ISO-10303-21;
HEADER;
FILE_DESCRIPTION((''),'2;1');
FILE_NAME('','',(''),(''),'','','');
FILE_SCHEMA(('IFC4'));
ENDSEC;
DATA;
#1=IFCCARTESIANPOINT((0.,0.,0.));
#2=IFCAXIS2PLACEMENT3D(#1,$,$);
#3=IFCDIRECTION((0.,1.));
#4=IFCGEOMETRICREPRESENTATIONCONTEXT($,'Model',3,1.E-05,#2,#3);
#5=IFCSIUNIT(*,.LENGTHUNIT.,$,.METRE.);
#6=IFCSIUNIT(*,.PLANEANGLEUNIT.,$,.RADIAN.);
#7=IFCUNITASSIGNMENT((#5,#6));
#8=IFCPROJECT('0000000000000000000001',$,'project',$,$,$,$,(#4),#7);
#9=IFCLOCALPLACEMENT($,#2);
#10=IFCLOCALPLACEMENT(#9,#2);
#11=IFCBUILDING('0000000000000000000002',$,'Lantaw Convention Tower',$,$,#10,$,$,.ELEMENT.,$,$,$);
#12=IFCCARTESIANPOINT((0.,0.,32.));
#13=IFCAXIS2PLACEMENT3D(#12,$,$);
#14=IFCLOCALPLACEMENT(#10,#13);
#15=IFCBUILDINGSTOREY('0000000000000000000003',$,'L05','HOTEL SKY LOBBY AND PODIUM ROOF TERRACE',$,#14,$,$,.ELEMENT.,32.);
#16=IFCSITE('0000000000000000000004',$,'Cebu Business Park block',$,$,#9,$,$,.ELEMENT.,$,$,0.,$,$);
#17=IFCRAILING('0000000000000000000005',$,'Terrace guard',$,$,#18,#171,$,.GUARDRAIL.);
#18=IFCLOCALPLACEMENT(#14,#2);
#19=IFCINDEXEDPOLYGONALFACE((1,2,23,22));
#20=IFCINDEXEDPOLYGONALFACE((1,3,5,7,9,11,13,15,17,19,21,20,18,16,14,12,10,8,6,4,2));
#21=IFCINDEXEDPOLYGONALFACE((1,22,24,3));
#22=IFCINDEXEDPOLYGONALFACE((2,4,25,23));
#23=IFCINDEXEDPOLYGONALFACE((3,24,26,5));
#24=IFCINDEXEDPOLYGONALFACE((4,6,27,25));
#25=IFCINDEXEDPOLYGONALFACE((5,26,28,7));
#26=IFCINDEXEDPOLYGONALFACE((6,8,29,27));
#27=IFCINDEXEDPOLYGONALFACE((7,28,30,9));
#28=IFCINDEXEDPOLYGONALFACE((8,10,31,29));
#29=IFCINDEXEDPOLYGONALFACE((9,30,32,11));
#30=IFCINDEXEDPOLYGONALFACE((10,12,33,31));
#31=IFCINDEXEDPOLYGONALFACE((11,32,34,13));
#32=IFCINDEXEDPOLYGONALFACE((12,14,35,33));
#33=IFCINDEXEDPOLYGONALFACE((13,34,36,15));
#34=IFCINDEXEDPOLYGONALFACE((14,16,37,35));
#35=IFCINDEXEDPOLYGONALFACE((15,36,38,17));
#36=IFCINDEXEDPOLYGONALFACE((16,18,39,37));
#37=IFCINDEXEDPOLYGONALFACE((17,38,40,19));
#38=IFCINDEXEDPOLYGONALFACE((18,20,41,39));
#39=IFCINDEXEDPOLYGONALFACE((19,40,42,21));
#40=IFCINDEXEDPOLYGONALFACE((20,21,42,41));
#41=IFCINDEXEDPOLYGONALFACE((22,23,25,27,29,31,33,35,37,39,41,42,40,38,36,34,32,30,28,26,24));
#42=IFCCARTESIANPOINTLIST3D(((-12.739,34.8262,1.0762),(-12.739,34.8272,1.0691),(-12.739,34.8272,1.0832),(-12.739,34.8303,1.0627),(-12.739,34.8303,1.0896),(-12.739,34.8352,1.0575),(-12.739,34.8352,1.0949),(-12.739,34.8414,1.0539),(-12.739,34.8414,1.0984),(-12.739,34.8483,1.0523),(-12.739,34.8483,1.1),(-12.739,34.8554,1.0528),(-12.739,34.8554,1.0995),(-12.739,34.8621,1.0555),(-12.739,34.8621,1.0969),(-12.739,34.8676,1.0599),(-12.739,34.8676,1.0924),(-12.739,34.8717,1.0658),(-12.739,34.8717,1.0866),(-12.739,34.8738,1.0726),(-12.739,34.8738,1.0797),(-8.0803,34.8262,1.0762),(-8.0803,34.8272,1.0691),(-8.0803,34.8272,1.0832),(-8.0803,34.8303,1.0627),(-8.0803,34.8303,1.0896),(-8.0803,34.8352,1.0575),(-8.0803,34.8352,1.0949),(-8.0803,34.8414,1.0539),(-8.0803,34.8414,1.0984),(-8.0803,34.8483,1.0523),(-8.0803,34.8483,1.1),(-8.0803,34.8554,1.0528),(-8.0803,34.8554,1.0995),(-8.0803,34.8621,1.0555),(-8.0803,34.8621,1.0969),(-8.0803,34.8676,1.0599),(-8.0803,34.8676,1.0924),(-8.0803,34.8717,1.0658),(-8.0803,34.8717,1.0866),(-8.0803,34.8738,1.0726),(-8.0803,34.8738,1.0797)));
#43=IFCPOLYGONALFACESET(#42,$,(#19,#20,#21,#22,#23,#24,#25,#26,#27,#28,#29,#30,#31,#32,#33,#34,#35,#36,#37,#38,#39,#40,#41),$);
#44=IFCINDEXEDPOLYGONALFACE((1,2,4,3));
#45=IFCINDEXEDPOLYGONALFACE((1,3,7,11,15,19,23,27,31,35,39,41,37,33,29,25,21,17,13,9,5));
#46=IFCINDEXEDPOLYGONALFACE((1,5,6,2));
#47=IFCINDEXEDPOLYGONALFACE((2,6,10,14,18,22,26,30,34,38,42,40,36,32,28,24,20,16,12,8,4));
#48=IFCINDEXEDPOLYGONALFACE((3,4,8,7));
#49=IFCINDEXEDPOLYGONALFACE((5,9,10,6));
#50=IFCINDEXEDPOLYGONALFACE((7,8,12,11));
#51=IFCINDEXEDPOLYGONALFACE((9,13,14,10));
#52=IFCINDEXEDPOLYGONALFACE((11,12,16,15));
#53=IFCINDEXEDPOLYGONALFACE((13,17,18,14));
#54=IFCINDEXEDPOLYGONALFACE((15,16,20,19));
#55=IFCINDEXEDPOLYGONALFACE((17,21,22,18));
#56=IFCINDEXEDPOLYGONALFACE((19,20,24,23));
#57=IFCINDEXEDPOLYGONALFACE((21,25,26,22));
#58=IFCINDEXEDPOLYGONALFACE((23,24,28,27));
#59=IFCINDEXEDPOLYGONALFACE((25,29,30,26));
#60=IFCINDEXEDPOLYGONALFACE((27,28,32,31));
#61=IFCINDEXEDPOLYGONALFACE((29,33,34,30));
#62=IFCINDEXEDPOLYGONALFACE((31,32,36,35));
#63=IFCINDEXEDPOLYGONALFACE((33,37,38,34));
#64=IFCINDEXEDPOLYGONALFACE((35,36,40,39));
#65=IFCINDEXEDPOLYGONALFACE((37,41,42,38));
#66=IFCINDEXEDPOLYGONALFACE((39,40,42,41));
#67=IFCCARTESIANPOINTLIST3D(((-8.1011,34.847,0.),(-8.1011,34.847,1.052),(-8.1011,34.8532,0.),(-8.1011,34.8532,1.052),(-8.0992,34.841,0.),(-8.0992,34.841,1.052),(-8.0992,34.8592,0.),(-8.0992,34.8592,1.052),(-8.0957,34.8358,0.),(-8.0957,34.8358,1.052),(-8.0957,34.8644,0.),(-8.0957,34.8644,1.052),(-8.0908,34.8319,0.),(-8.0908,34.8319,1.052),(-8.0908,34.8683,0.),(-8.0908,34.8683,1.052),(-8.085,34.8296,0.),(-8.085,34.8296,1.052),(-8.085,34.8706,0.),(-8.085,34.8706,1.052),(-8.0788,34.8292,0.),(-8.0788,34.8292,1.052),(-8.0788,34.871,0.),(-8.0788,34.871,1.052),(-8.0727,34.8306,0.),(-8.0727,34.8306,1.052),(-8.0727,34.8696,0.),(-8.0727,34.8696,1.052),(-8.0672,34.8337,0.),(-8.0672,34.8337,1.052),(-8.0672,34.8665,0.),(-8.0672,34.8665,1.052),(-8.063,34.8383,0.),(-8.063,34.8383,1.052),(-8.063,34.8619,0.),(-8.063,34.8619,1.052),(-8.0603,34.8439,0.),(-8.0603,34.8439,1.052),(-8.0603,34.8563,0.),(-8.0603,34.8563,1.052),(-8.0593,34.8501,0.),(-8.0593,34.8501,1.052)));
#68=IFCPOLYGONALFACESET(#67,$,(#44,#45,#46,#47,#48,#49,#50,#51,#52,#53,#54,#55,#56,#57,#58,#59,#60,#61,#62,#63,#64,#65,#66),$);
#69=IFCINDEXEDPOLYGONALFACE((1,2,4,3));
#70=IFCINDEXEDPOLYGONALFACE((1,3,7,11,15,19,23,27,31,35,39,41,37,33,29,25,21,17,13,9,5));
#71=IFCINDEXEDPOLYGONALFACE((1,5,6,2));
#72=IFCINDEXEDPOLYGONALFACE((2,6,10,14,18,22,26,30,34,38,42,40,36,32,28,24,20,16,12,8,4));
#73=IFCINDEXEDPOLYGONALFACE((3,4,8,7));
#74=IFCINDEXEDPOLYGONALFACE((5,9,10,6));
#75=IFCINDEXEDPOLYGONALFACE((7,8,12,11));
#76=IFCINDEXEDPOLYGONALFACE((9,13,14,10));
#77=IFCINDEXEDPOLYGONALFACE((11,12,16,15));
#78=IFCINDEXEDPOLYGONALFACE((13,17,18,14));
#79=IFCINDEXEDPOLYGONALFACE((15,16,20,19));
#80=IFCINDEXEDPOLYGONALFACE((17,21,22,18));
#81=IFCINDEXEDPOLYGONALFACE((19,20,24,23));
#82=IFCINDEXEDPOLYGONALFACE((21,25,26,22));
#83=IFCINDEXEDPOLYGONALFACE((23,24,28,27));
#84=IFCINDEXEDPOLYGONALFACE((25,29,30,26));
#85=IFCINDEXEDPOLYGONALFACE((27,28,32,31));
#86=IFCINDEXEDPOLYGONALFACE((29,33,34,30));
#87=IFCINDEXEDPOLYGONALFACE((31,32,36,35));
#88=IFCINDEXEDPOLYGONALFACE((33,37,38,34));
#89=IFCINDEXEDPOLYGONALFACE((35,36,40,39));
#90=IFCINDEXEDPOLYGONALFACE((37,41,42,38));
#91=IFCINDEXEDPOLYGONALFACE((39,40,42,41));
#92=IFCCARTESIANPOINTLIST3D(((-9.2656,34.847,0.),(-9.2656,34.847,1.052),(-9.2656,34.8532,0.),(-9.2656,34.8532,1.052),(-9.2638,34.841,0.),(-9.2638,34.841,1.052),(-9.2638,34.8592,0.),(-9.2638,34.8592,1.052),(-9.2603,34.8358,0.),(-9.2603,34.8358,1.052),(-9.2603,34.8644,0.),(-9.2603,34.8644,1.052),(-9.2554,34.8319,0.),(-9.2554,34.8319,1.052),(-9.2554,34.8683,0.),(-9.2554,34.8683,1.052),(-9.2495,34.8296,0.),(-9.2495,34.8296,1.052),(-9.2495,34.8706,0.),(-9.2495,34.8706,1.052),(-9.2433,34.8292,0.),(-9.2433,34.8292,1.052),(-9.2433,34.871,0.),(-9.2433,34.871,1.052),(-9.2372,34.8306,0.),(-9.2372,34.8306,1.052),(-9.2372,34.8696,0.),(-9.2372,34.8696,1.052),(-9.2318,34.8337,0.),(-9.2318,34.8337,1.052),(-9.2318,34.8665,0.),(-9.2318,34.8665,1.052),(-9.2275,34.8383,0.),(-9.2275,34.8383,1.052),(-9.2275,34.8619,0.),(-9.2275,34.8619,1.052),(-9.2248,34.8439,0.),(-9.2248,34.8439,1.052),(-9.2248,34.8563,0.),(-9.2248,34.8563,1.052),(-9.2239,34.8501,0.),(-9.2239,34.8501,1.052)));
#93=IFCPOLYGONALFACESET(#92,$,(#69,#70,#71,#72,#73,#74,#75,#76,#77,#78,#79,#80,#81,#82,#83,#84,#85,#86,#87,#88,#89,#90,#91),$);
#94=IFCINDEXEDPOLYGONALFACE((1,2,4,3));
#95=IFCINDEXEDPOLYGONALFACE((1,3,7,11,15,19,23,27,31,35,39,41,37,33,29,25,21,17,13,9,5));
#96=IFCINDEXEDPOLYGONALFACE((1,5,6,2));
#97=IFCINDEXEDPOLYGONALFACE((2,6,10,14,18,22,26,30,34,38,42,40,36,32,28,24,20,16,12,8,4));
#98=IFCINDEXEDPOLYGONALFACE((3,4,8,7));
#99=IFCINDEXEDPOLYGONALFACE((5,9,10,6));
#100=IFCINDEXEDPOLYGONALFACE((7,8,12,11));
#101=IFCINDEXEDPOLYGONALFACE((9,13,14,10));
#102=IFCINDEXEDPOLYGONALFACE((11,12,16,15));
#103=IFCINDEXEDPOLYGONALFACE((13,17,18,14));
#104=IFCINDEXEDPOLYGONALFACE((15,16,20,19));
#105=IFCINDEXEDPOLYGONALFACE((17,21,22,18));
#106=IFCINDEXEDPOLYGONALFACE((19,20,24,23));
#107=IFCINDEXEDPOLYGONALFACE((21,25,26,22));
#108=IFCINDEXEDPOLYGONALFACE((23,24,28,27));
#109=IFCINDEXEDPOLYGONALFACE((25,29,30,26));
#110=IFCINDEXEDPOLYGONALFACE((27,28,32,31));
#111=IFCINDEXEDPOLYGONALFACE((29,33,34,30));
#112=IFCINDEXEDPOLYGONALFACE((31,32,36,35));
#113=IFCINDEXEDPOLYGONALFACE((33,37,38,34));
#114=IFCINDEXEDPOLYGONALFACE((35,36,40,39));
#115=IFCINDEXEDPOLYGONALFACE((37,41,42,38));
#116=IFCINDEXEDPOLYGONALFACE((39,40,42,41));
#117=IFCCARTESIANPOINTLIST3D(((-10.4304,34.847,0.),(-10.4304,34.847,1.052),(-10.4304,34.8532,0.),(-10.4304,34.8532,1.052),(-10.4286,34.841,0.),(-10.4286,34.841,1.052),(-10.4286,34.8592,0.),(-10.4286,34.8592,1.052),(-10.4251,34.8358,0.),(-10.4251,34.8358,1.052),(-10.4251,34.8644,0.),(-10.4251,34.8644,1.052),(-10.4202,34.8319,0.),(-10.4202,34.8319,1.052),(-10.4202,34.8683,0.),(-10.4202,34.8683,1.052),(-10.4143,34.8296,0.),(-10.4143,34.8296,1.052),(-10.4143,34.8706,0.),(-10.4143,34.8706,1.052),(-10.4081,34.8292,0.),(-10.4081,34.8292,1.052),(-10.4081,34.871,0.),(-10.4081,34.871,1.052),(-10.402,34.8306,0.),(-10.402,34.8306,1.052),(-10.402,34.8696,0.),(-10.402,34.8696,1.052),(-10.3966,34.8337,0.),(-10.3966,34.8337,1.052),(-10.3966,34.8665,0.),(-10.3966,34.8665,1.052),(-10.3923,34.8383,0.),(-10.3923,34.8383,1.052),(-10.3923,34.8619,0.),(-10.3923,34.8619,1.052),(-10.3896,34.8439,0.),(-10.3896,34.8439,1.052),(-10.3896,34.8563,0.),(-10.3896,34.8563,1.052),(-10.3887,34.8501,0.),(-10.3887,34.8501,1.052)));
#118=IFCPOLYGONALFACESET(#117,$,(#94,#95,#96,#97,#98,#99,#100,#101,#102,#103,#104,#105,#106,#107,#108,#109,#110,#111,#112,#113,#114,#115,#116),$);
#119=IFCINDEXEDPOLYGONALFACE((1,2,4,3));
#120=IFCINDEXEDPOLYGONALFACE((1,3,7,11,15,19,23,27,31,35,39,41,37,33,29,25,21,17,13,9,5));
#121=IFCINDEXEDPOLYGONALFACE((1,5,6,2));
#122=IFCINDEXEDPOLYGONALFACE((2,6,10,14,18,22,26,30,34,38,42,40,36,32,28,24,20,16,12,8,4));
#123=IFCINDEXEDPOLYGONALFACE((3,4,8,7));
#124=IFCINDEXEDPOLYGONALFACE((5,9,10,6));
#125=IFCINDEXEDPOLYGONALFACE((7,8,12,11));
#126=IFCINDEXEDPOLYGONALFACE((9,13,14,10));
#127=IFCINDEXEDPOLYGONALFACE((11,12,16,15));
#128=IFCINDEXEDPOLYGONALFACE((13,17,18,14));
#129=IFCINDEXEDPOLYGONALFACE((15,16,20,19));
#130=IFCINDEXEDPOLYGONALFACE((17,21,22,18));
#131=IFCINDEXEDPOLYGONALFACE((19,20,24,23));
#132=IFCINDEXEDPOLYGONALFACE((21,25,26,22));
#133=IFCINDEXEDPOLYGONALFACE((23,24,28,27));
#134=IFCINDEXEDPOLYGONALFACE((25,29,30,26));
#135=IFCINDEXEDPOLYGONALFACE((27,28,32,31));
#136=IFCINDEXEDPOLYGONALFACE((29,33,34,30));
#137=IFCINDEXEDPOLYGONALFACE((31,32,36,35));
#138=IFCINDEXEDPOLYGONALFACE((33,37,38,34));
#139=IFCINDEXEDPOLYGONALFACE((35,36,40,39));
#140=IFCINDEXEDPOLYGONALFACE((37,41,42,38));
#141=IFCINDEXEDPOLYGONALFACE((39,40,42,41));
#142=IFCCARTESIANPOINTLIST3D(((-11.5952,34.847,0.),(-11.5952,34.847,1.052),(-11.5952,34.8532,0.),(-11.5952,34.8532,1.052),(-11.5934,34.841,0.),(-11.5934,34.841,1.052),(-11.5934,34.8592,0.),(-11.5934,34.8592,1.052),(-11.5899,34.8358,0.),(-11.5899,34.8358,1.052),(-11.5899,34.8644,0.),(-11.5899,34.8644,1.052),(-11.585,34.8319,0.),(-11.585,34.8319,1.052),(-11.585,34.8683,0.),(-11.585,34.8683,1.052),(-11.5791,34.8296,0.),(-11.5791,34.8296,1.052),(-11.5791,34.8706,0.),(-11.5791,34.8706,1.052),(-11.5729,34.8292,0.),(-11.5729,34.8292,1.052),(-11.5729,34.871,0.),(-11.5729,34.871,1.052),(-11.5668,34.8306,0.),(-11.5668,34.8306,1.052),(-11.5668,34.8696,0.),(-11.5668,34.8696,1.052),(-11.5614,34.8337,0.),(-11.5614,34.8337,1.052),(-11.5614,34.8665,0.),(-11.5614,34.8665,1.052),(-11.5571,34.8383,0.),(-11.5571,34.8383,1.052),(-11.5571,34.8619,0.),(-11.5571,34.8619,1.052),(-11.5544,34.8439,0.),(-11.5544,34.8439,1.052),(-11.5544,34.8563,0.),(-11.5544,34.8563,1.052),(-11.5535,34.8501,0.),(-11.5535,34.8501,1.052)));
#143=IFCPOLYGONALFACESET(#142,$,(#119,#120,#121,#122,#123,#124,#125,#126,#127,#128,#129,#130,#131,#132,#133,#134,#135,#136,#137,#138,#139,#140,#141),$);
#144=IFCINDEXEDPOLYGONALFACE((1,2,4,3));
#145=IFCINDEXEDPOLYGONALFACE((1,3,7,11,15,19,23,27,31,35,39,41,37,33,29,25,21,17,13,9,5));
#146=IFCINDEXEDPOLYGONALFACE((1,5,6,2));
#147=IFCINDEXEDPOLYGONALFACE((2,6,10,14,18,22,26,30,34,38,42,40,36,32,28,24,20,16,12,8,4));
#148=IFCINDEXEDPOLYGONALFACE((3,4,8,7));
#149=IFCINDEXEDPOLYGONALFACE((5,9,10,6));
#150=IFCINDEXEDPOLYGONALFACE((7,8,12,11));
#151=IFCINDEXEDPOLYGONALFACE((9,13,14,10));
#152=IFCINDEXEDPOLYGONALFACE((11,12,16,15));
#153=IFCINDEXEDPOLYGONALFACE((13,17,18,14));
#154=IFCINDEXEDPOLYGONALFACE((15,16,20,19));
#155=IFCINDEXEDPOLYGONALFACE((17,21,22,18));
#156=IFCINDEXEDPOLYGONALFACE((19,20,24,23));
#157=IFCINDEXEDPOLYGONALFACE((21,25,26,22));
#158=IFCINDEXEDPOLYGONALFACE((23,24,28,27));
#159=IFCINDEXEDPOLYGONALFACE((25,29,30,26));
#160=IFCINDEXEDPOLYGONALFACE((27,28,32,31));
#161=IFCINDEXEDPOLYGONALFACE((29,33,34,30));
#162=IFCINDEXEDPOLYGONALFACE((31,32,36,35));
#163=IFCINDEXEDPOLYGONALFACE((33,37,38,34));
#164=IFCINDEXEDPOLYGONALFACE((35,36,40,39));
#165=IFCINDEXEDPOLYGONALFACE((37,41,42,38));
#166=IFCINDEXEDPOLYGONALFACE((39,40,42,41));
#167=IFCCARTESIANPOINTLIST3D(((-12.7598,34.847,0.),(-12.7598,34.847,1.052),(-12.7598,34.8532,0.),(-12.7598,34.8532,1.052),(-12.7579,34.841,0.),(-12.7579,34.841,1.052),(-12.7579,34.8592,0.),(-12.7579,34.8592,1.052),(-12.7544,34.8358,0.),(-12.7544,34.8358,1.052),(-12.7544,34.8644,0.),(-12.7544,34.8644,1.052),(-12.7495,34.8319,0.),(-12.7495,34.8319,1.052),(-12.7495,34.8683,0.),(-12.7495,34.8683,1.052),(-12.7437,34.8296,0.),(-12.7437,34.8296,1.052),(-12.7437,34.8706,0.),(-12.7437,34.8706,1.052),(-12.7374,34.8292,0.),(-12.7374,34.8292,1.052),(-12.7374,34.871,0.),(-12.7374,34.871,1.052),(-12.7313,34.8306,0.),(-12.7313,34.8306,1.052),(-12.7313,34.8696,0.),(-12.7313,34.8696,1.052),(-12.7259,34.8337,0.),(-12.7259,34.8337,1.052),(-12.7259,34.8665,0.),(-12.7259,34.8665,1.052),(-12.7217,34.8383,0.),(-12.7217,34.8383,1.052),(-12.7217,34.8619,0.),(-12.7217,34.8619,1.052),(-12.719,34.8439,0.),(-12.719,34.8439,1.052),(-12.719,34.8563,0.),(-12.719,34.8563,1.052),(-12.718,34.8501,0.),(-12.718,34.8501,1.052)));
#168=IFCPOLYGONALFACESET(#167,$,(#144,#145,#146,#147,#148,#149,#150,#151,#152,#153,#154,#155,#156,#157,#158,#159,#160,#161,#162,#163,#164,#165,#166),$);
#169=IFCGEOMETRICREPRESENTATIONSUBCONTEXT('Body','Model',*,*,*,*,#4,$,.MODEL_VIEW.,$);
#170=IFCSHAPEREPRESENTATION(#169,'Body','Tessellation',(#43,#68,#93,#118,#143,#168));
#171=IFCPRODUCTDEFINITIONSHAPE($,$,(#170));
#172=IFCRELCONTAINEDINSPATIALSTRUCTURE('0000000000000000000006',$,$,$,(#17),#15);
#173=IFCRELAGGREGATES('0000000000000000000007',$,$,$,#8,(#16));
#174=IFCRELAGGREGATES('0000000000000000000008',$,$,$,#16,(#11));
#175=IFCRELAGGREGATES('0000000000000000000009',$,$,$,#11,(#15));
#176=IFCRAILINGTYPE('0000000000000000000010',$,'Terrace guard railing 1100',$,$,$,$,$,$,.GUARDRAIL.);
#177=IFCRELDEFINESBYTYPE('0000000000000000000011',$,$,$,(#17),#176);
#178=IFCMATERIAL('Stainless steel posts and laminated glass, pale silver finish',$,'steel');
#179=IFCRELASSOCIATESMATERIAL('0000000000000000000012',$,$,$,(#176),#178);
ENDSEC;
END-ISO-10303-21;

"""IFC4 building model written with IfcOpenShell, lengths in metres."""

from ifc_helpers import new_model, si_unit, direction, frame, origin, origin_2d, place, context, subcontext, project, spatial, circle, extrude, material, type_object, element, save


model = new_model("IFC4")

# Units and contexts
model_context = context("Model", 3, precision=1e-05, world=origin(), true_north=direction((0.0, 1.0)))
body_context = subcontext(model_context, "Body", "Model", "MODEL_VIEW")
ifc_project = project(units=[si_unit("LENGTHUNIT", "METRE"), si_unit("PLANEANGLEUNIT", "RADIAN")], contexts=[model_context])

# Site, building, storey
site_placement = place(None, origin())
site = spatial("IfcSite", under=ifc_project, at=site_placement, Name="Cebu Business Park block", CompositionType="ELEMENT", RefElevation=0.0)
building_placement = place(site_placement, origin())
building = spatial("IfcBuilding", under=site, at=building_placement, Name="Lantaw Convention Tower", CompositionType="ELEMENT")
storey_placement = place(building_placement, frame((0.0, 0.0, 32.0)))
storey = spatial("IfcBuildingStorey", under=building, at=storey_placement, Name="L05", Description="HOTEL SKY LOBBY AND PODIUM ROOF TERRACE", CompositionType="ELEMENT", Elevation=32.0)

# Railing
ifc_material_1 = material(Name="Stainless steel posts and laminated glass, pale silver finish", Category="steel")
railing_type = type_object("IfcRailingType", Name="Terrace guard railing 1100", PredefinedType="GUARDRAIL", material=ifc_material_1)
railing_1_placement = place(storey_placement, frame((-8.0803, 34.8501, 0.0)))
element("IfcRailing", 1, at=railing_1_placement, inside=storey, type_object=railing_type, Name="Terrace guard", PredefinedType="GUARDRAIL", context=body_context, shape_type="SweptSolid", body=[
    extrude(circle(Radius=0.0239, at=origin_2d()), frame((0.0, 0.0, 1.0762), z_axis=(-1.0, 0.0, 0.0), x_axis=(0.0, -1.0, 0.0)), (0.0, 0.0, 1.0), 4.6587),
    extrude(circle(Radius=0.021, at=origin_2d()), origin(), (0.0, 0.0, 1.0), 1.052),
    extrude(circle(Radius=0.021, at=origin_2d()), frame((-1.1646, 0.0, 0.0)), (0.0, 0.0, 1.0), 1.052),
    extrude(circle(Radius=0.021, at=origin_2d()), frame((-2.3293, 0.0, 0.0)), (0.0, 0.0, 1.0), 1.052),
    extrude(circle(Radius=0.021, at=origin_2d()), frame((-3.4941, 0.0, 0.0)), (0.0, 0.0, 1.0), 1.052),
    extrude(circle(Radius=0.021, at=origin_2d()), frame((-4.6587, 0.0, 0.0)), (0.0, 0.0, 1.0), 1.052),
])

save(model, "model.ifc")
